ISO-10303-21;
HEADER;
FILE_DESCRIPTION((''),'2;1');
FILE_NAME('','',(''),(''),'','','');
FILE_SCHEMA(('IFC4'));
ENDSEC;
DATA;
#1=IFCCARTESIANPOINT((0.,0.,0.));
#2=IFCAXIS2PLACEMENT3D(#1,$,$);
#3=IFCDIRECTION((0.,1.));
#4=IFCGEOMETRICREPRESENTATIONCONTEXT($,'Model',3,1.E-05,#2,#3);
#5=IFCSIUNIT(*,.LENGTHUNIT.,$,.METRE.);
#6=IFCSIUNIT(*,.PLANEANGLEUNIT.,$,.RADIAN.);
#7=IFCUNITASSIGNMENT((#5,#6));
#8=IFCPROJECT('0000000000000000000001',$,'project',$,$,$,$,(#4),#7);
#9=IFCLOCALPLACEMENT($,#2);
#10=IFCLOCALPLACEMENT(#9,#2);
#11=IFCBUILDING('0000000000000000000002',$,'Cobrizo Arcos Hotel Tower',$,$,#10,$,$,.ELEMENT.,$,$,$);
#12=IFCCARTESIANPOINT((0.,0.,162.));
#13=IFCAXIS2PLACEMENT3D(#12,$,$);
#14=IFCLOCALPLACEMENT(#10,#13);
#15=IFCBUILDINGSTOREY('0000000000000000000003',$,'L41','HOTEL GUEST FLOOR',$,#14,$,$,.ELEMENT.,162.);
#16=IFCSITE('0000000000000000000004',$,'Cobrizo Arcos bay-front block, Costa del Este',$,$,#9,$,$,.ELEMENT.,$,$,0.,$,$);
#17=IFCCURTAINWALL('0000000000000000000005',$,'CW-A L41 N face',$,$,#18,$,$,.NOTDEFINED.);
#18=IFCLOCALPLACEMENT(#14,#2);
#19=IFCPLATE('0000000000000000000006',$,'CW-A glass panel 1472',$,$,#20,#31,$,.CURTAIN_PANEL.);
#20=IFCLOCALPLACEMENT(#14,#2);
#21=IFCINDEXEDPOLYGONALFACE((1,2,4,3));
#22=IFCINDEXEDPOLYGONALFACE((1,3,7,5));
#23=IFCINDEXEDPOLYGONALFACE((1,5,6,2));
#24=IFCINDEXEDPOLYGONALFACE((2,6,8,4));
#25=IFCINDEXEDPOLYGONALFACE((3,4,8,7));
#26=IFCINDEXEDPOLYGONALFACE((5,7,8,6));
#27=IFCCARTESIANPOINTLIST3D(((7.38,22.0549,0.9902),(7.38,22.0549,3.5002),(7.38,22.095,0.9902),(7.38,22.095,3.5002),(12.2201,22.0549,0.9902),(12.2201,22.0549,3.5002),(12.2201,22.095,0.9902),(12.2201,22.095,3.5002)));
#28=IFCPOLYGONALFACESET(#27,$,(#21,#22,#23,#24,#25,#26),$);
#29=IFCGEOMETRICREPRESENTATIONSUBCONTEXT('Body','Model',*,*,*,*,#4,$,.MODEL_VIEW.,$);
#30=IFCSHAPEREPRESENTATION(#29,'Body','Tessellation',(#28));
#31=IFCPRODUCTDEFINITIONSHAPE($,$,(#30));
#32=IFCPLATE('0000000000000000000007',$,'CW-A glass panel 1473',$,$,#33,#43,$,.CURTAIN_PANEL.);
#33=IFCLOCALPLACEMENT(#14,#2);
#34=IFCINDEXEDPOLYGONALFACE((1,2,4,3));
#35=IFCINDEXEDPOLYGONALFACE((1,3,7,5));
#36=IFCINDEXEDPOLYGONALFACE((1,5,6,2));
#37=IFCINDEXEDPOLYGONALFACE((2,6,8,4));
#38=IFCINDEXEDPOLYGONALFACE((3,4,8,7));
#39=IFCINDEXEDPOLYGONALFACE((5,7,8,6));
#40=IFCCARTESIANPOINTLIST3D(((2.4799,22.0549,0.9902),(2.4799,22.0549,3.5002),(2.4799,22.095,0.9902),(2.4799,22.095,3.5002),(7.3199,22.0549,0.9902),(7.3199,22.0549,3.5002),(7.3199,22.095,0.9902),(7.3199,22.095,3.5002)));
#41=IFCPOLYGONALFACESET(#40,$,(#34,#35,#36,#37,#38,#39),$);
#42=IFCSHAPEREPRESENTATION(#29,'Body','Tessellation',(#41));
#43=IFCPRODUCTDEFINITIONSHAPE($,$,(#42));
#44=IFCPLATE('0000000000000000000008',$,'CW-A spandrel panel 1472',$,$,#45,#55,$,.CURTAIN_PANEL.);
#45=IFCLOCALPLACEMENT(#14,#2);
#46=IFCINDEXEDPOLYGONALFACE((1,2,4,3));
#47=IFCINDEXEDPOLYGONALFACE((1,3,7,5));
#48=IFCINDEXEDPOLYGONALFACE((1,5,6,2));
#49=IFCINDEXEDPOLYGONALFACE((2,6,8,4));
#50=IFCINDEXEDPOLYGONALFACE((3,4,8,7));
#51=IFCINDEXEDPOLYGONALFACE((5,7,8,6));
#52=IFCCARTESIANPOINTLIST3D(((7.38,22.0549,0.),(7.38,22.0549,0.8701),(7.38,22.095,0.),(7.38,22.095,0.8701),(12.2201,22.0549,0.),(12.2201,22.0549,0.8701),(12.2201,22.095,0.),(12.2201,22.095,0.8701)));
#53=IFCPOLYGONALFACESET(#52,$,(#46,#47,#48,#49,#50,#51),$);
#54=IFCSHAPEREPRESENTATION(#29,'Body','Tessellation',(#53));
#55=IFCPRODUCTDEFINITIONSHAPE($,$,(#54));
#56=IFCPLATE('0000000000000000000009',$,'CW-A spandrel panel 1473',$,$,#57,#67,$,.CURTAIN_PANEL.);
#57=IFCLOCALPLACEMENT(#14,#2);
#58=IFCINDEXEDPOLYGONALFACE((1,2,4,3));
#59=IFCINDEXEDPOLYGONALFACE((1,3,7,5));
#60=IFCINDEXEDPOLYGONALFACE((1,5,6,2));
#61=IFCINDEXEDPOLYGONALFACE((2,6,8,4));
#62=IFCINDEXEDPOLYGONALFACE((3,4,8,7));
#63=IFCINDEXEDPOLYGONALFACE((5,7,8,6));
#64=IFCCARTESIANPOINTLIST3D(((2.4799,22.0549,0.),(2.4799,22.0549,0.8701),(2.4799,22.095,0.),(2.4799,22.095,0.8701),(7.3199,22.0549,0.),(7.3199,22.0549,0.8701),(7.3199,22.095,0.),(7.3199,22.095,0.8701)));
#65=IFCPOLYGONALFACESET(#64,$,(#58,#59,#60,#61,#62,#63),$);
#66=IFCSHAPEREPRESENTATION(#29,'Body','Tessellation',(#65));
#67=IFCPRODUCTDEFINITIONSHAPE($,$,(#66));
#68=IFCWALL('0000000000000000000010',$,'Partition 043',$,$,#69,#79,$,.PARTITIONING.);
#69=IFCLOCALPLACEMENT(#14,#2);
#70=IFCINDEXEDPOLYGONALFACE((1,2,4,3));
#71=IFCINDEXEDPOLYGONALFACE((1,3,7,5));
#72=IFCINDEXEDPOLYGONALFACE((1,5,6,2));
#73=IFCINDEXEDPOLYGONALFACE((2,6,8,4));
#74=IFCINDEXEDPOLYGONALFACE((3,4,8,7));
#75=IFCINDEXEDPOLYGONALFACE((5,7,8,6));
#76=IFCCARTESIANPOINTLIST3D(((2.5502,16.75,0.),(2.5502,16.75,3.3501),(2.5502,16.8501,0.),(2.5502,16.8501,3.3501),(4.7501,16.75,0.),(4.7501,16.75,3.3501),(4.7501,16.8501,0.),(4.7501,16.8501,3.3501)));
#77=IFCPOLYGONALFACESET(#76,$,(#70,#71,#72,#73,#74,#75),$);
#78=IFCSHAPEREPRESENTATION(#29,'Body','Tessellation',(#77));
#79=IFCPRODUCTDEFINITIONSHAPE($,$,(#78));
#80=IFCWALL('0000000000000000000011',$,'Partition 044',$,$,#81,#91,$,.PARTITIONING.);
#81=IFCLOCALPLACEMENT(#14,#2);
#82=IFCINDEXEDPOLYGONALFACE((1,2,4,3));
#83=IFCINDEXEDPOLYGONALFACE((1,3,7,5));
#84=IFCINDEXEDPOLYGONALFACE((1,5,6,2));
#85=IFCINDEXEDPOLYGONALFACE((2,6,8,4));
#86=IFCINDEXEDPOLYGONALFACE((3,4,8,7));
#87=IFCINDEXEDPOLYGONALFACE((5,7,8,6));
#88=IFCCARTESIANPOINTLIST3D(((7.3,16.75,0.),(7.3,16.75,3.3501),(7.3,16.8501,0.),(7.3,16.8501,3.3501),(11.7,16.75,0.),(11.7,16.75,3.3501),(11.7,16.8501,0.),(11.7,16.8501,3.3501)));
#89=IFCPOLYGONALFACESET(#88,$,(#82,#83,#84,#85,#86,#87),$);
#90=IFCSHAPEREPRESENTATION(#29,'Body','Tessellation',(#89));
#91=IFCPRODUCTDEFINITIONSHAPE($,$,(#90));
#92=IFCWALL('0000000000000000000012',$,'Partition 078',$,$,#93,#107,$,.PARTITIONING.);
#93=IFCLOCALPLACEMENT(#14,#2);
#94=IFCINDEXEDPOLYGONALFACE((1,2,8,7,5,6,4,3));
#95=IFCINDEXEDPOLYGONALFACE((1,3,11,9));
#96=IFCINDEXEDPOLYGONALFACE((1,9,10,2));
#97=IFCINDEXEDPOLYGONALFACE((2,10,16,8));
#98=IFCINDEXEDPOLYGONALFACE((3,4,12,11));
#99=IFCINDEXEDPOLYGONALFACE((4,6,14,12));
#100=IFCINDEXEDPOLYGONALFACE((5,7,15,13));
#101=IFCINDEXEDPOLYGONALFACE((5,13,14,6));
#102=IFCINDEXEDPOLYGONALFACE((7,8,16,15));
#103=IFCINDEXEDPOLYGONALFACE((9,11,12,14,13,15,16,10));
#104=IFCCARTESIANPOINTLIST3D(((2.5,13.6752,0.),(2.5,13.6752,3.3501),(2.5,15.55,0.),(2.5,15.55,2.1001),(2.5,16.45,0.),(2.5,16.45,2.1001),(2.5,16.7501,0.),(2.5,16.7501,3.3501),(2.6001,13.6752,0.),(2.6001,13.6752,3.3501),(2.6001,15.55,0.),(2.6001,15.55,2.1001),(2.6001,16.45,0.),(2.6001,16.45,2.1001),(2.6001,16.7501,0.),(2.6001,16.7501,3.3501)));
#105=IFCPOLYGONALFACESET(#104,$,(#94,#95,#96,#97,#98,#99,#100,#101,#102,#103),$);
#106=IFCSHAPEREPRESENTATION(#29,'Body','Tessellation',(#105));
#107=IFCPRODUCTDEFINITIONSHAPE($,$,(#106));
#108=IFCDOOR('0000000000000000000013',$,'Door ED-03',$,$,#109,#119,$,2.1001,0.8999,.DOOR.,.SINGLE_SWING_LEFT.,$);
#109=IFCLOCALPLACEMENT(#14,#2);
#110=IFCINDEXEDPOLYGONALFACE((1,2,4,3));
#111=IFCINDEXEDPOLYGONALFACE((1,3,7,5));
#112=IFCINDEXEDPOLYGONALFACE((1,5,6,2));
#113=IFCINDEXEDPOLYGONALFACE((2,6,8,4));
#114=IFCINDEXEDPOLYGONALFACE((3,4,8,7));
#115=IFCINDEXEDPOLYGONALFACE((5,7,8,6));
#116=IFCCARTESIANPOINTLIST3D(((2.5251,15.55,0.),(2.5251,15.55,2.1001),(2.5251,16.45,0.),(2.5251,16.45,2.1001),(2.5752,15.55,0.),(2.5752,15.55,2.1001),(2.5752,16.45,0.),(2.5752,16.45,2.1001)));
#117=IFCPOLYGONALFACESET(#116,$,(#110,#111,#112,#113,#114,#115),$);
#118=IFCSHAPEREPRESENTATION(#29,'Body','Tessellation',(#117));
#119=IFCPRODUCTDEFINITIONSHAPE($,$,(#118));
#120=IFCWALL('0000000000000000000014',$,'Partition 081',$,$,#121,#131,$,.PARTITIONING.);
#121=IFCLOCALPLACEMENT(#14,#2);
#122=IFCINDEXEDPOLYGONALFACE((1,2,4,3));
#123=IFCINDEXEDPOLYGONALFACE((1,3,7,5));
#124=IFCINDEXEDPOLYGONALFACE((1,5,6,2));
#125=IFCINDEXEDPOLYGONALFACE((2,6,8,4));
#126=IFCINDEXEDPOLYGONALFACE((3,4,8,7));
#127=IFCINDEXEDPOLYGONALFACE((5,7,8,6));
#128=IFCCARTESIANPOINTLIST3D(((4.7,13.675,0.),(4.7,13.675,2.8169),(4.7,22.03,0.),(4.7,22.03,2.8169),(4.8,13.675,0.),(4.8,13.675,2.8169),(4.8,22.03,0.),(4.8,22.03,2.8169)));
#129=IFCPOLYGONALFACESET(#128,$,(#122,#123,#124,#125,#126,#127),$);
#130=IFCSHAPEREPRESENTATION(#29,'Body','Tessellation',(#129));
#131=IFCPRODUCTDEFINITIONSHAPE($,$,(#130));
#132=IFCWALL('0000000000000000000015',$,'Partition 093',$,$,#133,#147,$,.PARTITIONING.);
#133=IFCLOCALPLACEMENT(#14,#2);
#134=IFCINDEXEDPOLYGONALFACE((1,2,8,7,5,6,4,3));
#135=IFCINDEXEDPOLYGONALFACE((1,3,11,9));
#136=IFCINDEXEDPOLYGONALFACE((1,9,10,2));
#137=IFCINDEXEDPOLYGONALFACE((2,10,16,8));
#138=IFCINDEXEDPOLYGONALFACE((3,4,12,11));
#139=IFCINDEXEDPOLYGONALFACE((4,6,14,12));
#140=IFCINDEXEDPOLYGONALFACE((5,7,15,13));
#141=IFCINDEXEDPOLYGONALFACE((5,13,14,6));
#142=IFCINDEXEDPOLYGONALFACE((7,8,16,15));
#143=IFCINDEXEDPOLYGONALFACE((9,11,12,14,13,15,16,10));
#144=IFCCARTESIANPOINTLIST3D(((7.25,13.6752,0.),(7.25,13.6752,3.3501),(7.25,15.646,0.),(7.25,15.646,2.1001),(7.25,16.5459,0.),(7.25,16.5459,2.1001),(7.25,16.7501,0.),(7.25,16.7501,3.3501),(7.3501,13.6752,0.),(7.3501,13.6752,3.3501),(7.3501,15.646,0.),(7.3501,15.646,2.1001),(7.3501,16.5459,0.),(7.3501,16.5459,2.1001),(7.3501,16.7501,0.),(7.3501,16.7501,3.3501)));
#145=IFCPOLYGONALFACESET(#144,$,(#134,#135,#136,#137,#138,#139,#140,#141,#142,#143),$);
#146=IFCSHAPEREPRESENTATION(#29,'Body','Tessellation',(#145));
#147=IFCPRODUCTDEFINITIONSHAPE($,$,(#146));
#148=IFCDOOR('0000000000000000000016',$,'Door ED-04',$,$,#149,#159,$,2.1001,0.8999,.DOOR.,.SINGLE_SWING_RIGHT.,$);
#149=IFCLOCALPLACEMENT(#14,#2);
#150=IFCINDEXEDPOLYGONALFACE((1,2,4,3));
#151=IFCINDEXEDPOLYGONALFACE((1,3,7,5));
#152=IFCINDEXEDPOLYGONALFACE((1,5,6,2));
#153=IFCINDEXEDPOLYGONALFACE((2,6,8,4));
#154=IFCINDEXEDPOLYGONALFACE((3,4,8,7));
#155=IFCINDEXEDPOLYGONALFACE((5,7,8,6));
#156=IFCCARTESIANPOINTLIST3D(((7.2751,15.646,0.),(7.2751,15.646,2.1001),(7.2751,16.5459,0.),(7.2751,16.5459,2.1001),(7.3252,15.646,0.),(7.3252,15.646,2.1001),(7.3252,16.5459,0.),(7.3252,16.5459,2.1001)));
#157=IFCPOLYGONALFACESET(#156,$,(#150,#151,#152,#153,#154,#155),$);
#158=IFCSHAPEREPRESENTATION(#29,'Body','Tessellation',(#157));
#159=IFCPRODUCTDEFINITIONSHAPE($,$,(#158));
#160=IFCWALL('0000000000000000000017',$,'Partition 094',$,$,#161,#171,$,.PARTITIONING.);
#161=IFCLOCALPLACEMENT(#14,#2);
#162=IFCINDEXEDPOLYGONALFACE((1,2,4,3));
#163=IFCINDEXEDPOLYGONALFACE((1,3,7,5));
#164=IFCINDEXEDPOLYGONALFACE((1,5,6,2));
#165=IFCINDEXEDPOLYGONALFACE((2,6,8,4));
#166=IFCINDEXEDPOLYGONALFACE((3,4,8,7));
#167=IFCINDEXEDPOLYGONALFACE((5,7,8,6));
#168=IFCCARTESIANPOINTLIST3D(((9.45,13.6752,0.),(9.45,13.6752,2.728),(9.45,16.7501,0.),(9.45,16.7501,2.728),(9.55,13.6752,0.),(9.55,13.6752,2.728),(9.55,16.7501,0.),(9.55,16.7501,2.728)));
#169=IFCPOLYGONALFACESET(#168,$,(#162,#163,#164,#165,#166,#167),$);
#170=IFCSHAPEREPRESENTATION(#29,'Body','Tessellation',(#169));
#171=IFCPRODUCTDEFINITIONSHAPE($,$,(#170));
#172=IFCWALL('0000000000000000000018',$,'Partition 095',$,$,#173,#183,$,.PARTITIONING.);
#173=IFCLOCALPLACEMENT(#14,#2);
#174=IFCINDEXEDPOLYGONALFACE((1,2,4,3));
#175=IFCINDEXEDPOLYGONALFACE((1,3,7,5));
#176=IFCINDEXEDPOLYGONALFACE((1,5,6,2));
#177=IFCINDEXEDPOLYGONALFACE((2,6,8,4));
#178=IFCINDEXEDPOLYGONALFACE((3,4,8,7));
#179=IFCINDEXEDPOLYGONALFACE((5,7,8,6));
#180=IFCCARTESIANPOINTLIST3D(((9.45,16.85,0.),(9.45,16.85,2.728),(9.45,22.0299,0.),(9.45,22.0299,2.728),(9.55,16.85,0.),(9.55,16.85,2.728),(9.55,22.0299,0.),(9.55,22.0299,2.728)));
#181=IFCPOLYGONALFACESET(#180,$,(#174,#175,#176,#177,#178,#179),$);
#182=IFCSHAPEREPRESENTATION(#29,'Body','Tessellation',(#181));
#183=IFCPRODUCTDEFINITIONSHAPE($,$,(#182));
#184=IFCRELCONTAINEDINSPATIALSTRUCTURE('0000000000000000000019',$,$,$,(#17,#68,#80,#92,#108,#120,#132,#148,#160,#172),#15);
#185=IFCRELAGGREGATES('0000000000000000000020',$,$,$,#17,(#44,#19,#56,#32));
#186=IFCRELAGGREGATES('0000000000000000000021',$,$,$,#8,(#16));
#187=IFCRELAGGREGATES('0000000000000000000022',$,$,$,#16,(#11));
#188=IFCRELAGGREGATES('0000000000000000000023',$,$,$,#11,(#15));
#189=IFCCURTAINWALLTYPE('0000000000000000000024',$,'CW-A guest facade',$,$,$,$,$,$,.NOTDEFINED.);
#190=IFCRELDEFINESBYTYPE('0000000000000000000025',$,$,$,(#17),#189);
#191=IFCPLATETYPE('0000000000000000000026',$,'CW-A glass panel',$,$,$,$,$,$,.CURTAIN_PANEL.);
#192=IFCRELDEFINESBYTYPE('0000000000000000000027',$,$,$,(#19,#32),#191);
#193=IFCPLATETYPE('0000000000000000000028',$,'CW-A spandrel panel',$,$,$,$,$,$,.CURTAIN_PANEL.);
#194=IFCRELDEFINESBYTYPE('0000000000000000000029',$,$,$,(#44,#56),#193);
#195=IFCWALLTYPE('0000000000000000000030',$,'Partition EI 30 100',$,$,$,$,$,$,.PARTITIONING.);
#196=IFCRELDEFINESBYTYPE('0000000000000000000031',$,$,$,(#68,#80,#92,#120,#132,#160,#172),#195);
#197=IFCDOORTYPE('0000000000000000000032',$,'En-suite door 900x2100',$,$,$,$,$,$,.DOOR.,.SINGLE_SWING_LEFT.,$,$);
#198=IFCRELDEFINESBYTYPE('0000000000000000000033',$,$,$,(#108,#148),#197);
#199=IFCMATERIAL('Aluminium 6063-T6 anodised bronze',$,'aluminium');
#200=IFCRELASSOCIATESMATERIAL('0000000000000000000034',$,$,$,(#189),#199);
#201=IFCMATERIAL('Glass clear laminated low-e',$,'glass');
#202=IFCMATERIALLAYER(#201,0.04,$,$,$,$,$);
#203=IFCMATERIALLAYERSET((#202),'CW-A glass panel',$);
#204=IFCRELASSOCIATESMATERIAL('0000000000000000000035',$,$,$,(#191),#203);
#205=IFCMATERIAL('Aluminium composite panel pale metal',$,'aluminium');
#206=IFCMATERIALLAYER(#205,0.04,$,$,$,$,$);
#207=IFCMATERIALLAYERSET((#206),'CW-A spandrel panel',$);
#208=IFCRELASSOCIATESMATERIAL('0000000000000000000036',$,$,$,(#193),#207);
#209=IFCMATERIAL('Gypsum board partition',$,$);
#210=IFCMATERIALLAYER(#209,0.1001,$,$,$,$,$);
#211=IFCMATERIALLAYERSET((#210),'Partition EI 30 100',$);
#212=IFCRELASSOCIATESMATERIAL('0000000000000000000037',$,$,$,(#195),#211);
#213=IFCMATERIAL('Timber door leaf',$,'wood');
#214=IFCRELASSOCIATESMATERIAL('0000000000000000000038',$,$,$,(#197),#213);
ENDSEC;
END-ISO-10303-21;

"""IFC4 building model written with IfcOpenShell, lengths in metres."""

from ifc_helpers import new_model, si_unit, direction, frame, frame_2d, origin, origin_2d, place, context, subcontext, project, spatial, rectangle, extrude, material, layer, layer_set, type_object, element, fill, aggregate, save


model = new_model("IFC4")

# Units and contexts
model_context = context("Model", 3, precision=1e-05, world=origin(), true_north=direction((0.0, 1.0)))
body_context = subcontext(model_context, "Body", "Model", "MODEL_VIEW")
ifc_project = project(units=[si_unit("LENGTHUNIT", "METRE"), si_unit("PLANEANGLEUNIT", "RADIAN")], contexts=[model_context])

# Site, building, storey
site_placement = place(None, origin())
site = spatial("IfcSite", under=ifc_project, at=site_placement, Name="Cobrizo Arcos bay-front block, Costa del Este", CompositionType="ELEMENT", RefElevation=0.0)
building_placement = place(site_placement, origin())
building = spatial("IfcBuilding", under=site, at=building_placement, Name="Cobrizo Arcos Hotel Tower", CompositionType="ELEMENT")
storey_placement = place(building_placement, frame((0.0, 0.0, 162.0)))
storey = spatial("IfcBuildingStorey", under=building, at=storey_placement, Name="L41", Description="HOTEL GUEST FLOOR", CompositionType="ELEMENT", Elevation=162.0)

# Curtain wall
ifc_material_1 = material(Name="Aluminium 6063-T6 anodised bronze", Category="aluminium")
curtain_wall_type = type_object("IfcCurtainWallType", Name="CW-A guest facade", PredefinedType="NOTDEFINED", material=ifc_material_1)
curtain_wall_placement = place(storey_placement, origin())
curtain_wall = element("IfcCurtainWall", 1, at=curtain_wall_placement, inside=storey, type_object=curtain_wall_type, Name="CW-A L41 N face", PredefinedType="NOTDEFINED")

# Plates
ifc_material_2 = material(Name="Glass clear laminated low-e", Category="glass")
ifc_layer_1 = layer(ifc_material_2, 0.04)
ifc_layer_set_1 = layer_set([ifc_layer_1], Name="CW-A glass panel")
plate_type_1 = type_object("IfcPlateType", Name="CW-A glass panel", PredefinedType="CURTAIN_PANEL", material=ifc_layer_set_1)
plate_1_placement = place(storey_placement, frame((9.8, 22.075, 0.9902), z_axis=(0.0, 0.0, 1.0), x_axis=(-1.0, 0.0, 0.0)))
plate_1 = element("IfcPlate", 2, at=plate_1_placement, type_object=plate_type_1, Name="CW-A glass panel 1472", PredefinedType="CURTAIN_PANEL", context=body_context, shape_type="SweptSolid", body=[
    extrude(rectangle(XDim=4.8401, YDim=0.04, at=origin_2d()), origin(), (0.0, 0.0, 1.0), 2.51),
])
plate_2_placement = place(storey_placement, frame((4.8999, 22.075, 0.9902), z_axis=(0.0, 0.0, 1.0), x_axis=(-1.0, 0.0, 0.0)))
plate_2 = element("IfcPlate", 3, at=plate_2_placement, type_object=plate_type_1, Name="CW-A glass panel 1473", PredefinedType="CURTAIN_PANEL", context=body_context, shape_type="SweptSolid", body=[
    extrude(rectangle(XDim=4.8401, YDim=0.04, at=origin_2d()), origin(), (0.0, 0.0, 1.0), 2.51),
])
ifc_material_3 = material(Name="Aluminium composite panel pale metal", Category="aluminium")
ifc_layer_2 = layer(ifc_material_3, 0.04)
ifc_layer_set_2 = layer_set([ifc_layer_2], Name="CW-A spandrel panel")
plate_type_2 = type_object("IfcPlateType", Name="CW-A spandrel panel", PredefinedType="CURTAIN_PANEL", material=ifc_layer_set_2)
plate_3_placement = place(storey_placement, frame((9.8, 22.075, 0.0), z_axis=(0.0, 0.0, 1.0), x_axis=(-1.0, 0.0, 0.0)))
plate_3 = element("IfcPlate", 4, at=plate_3_placement, type_object=plate_type_2, Name="CW-A spandrel panel 1472", PredefinedType="CURTAIN_PANEL", context=body_context, shape_type="SweptSolid", body=[
    extrude(rectangle(XDim=4.8401, YDim=0.04, at=origin_2d()), origin(), (0.0, 0.0, 1.0), 0.8701),
])
plate_4_placement = place(storey_placement, frame((4.8999, 22.075, 0.0), z_axis=(0.0, 0.0, 1.0), x_axis=(-1.0, 0.0, 0.0)))
plate_4 = element("IfcPlate", 5, at=plate_4_placement, type_object=plate_type_2, Name="CW-A spandrel panel 1473", PredefinedType="CURTAIN_PANEL", context=body_context, shape_type="SweptSolid", body=[
    extrude(rectangle(XDim=4.8401, YDim=0.04, at=origin_2d()), origin(), (0.0, 0.0, 1.0), 0.8701),
])
aggregate(curtain_wall, [plate_3, plate_1, plate_4, plate_2])

# Walls
ifc_material_4 = material(Name="Gypsum board partition")
ifc_layer_3 = layer(ifc_material_4, 0.1001)
ifc_layer_set_3 = layer_set([ifc_layer_3], Name="Partition EI 30 100")
wall_type = type_object("IfcWallType", Name="Partition EI 30 100", PredefinedType="PARTITIONING", material=ifc_layer_set_3)
wall_1_placement = place(storey_placement, frame((2.55, 16.8, 0.0), z_axis=(0.0, 0.0, 1.0), x_axis=(1.0, 0.0, 0.0)))
element("IfcWall", 6, at=wall_1_placement, inside=storey, type_object=wall_type, Name="Partition 043", PredefinedType="PARTITIONING", context=body_context, shape_type="SweptSolid", body=[
    extrude(rectangle(XDim=2.2, YDim=0.1001, at=frame_2d((1.1001, 0.0))), origin(), (0.0, 0.0, 1.0), 3.3501),
])
wall_2_placement = place(storey_placement, frame((7.3, 16.8, 0.0), z_axis=(0.0, 0.0, 1.0), x_axis=(1.0, 0.0, 0.0)))
element("IfcWall", 7, at=wall_2_placement, inside=storey, type_object=wall_type, Name="Partition 044", PredefinedType="PARTITIONING", context=body_context, shape_type="SweptSolid", body=[
    extrude(rectangle(XDim=4.3999, YDim=0.1001, at=frame_2d((2.2, 0.0))), origin(), (0.0, 0.0, 1.0), 3.3501),
])

# Wall, opening, door
wall_3_placement = place(storey_placement, frame((2.55, 13.675, 0.0), z_axis=(0.0, 0.0, 1.0), x_axis=(0.0, 1.0, 0.0)))
wall_3 = element("IfcWall", 8, at=wall_3_placement, inside=storey, type_object=wall_type, Name="Partition 078", PredefinedType="PARTITIONING", context=body_context, shape_type="SweptSolid", body=[
    extrude(rectangle(XDim=3.075, YDim=0.1001, at=frame_2d((1.5376, 0.0))), origin(), (0.0, 0.0, 1.0), 3.3501),
])
opening_1_placement = place(wall_3_placement, frame((1.875, 0.0, 0.0)))
opening_1 = element("IfcOpeningElement", 9, at=opening_1_placement, cuts=wall_3, PredefinedType="OPENING", context=body_context, shape_type="SweptSolid", body=[
    extrude(rectangle(XDim=0.8999, YDim=2.1001, at=frame_2d((0.45, 1.05))), frame((0.0, 0.062, 0.0), z_axis=(0.0, -1.0, 0.0), x_axis=(1.0, 0.0, 0.0)), (0.0, 0.0, 1.0), 0.124),
])
ifc_material_5 = material(Name="Timber door leaf", Category="wood")
door_type = type_object("IfcDoorType", Name="En-suite door 900x2100", OperationType="SINGLE_SWING_LEFT", PredefinedType="DOOR", material=ifc_material_5)
door_1_placement = place(opening_1_placement, origin())
door_1 = element("IfcDoor", 10, at=door_1_placement, inside=storey, type_object=door_type, Name="Door ED-03", OperationType="SINGLE_SWING_LEFT", OverallHeight=2.1001, OverallWidth=0.8999, PredefinedType="DOOR", context=body_context, shape_type="SweptSolid", body=[
    extrude(rectangle(XDim=0.8999, YDim=2.1001, at=frame_2d((0.45, 1.05))), frame((0.0, 0.0249, 0.0), z_axis=(0.0, -1.0, 0.0), x_axis=(1.0, 0.0, 0.0)), (0.0, 0.0, 1.0), 0.05),
])
fill(opening_1, door_1)

# Wall
wall_4_placement = place(storey_placement, frame((4.75, 13.675, 0.0), z_axis=(0.0, 0.0, 1.0), x_axis=(0.0, 1.0, 0.0)))
element("IfcWall", 11, at=wall_4_placement, inside=storey, type_object=wall_type, Name="Partition 081", PredefinedType="PARTITIONING", context=body_context, shape_type="SweptSolid", body=[
    extrude(rectangle(XDim=8.355, YDim=0.1001, at=frame_2d((4.1775, 0.0))), origin(), (0.0, 0.0, 1.0), 2.8169),
])

# Wall, opening, door
wall_5_placement = place(storey_placement, frame((7.3, 13.675, 0.0), z_axis=(0.0, 0.0, 1.0), x_axis=(0.0, 1.0, 0.0)))
wall_5 = element("IfcWall", 12, at=wall_5_placement, inside=storey, type_object=wall_type, Name="Partition 093", PredefinedType="PARTITIONING", context=body_context, shape_type="SweptSolid", body=[
    extrude(rectangle(XDim=3.075, YDim=0.1001, at=frame_2d((1.5376, 0.0))), origin(), (0.0, 0.0, 1.0), 3.3501),
])
opening_2_placement = place(wall_5_placement, frame((1.9709, 0.0, 0.0)))
opening_2 = element("IfcOpeningElement", 13, at=opening_2_placement, cuts=wall_5, PredefinedType="OPENING", context=body_context, shape_type="SweptSolid", body=[
    extrude(rectangle(XDim=0.8999, YDim=2.1001, at=frame_2d((0.45, 1.05))), frame((0.0, 0.062, 0.0), z_axis=(0.0, -1.0, 0.0), x_axis=(1.0, 0.0, 0.0)), (0.0, 0.0, 1.0), 0.124),
])
door_2_placement = place(opening_2_placement, origin())
door_2 = element("IfcDoor", 14, at=door_2_placement, inside=storey, type_object=door_type, Name="Door ED-04", OperationType="SINGLE_SWING_RIGHT", OverallHeight=2.1001, OverallWidth=0.8999, PredefinedType="DOOR", context=body_context, shape_type="SweptSolid", body=[
    extrude(rectangle(XDim=0.8999, YDim=2.1001, at=frame_2d((0.45, 1.05))), frame((0.0, 0.0249, 0.0), z_axis=(0.0, -1.0, 0.0), x_axis=(1.0, 0.0, 0.0)), (0.0, 0.0, 1.0), 0.05),
])
fill(opening_2, door_2)

# Walls
wall_6_placement = place(storey_placement, frame((9.5, 13.675, 0.0), z_axis=(0.0, 0.0, 1.0), x_axis=(0.0, 1.0, 0.0)))
element("IfcWall", 15, at=wall_6_placement, inside=storey, type_object=wall_type, Name="Partition 094", PredefinedType="PARTITIONING", context=body_context, shape_type="SweptSolid", body=[
    extrude(rectangle(XDim=3.075, YDim=0.1001, at=frame_2d((1.5376, 0.0))), origin(), (0.0, 0.0, 1.0), 2.728),
])
wall_7_placement = place(storey_placement, frame((9.5, 16.8501, 0.0), z_axis=(0.0, 0.0, 1.0), x_axis=(0.0, 1.0, 0.0)))
element("IfcWall", 16, at=wall_7_placement, inside=storey, type_object=wall_type, Name="Partition 095", PredefinedType="PARTITIONING", context=body_context, shape_type="SweptSolid", body=[
    extrude(rectangle(XDim=5.1799, YDim=0.1001, at=frame_2d((2.5898, 0.0))), origin(), (0.0, 0.0, 1.0), 2.728),
])

save(model, "model.ifc")
